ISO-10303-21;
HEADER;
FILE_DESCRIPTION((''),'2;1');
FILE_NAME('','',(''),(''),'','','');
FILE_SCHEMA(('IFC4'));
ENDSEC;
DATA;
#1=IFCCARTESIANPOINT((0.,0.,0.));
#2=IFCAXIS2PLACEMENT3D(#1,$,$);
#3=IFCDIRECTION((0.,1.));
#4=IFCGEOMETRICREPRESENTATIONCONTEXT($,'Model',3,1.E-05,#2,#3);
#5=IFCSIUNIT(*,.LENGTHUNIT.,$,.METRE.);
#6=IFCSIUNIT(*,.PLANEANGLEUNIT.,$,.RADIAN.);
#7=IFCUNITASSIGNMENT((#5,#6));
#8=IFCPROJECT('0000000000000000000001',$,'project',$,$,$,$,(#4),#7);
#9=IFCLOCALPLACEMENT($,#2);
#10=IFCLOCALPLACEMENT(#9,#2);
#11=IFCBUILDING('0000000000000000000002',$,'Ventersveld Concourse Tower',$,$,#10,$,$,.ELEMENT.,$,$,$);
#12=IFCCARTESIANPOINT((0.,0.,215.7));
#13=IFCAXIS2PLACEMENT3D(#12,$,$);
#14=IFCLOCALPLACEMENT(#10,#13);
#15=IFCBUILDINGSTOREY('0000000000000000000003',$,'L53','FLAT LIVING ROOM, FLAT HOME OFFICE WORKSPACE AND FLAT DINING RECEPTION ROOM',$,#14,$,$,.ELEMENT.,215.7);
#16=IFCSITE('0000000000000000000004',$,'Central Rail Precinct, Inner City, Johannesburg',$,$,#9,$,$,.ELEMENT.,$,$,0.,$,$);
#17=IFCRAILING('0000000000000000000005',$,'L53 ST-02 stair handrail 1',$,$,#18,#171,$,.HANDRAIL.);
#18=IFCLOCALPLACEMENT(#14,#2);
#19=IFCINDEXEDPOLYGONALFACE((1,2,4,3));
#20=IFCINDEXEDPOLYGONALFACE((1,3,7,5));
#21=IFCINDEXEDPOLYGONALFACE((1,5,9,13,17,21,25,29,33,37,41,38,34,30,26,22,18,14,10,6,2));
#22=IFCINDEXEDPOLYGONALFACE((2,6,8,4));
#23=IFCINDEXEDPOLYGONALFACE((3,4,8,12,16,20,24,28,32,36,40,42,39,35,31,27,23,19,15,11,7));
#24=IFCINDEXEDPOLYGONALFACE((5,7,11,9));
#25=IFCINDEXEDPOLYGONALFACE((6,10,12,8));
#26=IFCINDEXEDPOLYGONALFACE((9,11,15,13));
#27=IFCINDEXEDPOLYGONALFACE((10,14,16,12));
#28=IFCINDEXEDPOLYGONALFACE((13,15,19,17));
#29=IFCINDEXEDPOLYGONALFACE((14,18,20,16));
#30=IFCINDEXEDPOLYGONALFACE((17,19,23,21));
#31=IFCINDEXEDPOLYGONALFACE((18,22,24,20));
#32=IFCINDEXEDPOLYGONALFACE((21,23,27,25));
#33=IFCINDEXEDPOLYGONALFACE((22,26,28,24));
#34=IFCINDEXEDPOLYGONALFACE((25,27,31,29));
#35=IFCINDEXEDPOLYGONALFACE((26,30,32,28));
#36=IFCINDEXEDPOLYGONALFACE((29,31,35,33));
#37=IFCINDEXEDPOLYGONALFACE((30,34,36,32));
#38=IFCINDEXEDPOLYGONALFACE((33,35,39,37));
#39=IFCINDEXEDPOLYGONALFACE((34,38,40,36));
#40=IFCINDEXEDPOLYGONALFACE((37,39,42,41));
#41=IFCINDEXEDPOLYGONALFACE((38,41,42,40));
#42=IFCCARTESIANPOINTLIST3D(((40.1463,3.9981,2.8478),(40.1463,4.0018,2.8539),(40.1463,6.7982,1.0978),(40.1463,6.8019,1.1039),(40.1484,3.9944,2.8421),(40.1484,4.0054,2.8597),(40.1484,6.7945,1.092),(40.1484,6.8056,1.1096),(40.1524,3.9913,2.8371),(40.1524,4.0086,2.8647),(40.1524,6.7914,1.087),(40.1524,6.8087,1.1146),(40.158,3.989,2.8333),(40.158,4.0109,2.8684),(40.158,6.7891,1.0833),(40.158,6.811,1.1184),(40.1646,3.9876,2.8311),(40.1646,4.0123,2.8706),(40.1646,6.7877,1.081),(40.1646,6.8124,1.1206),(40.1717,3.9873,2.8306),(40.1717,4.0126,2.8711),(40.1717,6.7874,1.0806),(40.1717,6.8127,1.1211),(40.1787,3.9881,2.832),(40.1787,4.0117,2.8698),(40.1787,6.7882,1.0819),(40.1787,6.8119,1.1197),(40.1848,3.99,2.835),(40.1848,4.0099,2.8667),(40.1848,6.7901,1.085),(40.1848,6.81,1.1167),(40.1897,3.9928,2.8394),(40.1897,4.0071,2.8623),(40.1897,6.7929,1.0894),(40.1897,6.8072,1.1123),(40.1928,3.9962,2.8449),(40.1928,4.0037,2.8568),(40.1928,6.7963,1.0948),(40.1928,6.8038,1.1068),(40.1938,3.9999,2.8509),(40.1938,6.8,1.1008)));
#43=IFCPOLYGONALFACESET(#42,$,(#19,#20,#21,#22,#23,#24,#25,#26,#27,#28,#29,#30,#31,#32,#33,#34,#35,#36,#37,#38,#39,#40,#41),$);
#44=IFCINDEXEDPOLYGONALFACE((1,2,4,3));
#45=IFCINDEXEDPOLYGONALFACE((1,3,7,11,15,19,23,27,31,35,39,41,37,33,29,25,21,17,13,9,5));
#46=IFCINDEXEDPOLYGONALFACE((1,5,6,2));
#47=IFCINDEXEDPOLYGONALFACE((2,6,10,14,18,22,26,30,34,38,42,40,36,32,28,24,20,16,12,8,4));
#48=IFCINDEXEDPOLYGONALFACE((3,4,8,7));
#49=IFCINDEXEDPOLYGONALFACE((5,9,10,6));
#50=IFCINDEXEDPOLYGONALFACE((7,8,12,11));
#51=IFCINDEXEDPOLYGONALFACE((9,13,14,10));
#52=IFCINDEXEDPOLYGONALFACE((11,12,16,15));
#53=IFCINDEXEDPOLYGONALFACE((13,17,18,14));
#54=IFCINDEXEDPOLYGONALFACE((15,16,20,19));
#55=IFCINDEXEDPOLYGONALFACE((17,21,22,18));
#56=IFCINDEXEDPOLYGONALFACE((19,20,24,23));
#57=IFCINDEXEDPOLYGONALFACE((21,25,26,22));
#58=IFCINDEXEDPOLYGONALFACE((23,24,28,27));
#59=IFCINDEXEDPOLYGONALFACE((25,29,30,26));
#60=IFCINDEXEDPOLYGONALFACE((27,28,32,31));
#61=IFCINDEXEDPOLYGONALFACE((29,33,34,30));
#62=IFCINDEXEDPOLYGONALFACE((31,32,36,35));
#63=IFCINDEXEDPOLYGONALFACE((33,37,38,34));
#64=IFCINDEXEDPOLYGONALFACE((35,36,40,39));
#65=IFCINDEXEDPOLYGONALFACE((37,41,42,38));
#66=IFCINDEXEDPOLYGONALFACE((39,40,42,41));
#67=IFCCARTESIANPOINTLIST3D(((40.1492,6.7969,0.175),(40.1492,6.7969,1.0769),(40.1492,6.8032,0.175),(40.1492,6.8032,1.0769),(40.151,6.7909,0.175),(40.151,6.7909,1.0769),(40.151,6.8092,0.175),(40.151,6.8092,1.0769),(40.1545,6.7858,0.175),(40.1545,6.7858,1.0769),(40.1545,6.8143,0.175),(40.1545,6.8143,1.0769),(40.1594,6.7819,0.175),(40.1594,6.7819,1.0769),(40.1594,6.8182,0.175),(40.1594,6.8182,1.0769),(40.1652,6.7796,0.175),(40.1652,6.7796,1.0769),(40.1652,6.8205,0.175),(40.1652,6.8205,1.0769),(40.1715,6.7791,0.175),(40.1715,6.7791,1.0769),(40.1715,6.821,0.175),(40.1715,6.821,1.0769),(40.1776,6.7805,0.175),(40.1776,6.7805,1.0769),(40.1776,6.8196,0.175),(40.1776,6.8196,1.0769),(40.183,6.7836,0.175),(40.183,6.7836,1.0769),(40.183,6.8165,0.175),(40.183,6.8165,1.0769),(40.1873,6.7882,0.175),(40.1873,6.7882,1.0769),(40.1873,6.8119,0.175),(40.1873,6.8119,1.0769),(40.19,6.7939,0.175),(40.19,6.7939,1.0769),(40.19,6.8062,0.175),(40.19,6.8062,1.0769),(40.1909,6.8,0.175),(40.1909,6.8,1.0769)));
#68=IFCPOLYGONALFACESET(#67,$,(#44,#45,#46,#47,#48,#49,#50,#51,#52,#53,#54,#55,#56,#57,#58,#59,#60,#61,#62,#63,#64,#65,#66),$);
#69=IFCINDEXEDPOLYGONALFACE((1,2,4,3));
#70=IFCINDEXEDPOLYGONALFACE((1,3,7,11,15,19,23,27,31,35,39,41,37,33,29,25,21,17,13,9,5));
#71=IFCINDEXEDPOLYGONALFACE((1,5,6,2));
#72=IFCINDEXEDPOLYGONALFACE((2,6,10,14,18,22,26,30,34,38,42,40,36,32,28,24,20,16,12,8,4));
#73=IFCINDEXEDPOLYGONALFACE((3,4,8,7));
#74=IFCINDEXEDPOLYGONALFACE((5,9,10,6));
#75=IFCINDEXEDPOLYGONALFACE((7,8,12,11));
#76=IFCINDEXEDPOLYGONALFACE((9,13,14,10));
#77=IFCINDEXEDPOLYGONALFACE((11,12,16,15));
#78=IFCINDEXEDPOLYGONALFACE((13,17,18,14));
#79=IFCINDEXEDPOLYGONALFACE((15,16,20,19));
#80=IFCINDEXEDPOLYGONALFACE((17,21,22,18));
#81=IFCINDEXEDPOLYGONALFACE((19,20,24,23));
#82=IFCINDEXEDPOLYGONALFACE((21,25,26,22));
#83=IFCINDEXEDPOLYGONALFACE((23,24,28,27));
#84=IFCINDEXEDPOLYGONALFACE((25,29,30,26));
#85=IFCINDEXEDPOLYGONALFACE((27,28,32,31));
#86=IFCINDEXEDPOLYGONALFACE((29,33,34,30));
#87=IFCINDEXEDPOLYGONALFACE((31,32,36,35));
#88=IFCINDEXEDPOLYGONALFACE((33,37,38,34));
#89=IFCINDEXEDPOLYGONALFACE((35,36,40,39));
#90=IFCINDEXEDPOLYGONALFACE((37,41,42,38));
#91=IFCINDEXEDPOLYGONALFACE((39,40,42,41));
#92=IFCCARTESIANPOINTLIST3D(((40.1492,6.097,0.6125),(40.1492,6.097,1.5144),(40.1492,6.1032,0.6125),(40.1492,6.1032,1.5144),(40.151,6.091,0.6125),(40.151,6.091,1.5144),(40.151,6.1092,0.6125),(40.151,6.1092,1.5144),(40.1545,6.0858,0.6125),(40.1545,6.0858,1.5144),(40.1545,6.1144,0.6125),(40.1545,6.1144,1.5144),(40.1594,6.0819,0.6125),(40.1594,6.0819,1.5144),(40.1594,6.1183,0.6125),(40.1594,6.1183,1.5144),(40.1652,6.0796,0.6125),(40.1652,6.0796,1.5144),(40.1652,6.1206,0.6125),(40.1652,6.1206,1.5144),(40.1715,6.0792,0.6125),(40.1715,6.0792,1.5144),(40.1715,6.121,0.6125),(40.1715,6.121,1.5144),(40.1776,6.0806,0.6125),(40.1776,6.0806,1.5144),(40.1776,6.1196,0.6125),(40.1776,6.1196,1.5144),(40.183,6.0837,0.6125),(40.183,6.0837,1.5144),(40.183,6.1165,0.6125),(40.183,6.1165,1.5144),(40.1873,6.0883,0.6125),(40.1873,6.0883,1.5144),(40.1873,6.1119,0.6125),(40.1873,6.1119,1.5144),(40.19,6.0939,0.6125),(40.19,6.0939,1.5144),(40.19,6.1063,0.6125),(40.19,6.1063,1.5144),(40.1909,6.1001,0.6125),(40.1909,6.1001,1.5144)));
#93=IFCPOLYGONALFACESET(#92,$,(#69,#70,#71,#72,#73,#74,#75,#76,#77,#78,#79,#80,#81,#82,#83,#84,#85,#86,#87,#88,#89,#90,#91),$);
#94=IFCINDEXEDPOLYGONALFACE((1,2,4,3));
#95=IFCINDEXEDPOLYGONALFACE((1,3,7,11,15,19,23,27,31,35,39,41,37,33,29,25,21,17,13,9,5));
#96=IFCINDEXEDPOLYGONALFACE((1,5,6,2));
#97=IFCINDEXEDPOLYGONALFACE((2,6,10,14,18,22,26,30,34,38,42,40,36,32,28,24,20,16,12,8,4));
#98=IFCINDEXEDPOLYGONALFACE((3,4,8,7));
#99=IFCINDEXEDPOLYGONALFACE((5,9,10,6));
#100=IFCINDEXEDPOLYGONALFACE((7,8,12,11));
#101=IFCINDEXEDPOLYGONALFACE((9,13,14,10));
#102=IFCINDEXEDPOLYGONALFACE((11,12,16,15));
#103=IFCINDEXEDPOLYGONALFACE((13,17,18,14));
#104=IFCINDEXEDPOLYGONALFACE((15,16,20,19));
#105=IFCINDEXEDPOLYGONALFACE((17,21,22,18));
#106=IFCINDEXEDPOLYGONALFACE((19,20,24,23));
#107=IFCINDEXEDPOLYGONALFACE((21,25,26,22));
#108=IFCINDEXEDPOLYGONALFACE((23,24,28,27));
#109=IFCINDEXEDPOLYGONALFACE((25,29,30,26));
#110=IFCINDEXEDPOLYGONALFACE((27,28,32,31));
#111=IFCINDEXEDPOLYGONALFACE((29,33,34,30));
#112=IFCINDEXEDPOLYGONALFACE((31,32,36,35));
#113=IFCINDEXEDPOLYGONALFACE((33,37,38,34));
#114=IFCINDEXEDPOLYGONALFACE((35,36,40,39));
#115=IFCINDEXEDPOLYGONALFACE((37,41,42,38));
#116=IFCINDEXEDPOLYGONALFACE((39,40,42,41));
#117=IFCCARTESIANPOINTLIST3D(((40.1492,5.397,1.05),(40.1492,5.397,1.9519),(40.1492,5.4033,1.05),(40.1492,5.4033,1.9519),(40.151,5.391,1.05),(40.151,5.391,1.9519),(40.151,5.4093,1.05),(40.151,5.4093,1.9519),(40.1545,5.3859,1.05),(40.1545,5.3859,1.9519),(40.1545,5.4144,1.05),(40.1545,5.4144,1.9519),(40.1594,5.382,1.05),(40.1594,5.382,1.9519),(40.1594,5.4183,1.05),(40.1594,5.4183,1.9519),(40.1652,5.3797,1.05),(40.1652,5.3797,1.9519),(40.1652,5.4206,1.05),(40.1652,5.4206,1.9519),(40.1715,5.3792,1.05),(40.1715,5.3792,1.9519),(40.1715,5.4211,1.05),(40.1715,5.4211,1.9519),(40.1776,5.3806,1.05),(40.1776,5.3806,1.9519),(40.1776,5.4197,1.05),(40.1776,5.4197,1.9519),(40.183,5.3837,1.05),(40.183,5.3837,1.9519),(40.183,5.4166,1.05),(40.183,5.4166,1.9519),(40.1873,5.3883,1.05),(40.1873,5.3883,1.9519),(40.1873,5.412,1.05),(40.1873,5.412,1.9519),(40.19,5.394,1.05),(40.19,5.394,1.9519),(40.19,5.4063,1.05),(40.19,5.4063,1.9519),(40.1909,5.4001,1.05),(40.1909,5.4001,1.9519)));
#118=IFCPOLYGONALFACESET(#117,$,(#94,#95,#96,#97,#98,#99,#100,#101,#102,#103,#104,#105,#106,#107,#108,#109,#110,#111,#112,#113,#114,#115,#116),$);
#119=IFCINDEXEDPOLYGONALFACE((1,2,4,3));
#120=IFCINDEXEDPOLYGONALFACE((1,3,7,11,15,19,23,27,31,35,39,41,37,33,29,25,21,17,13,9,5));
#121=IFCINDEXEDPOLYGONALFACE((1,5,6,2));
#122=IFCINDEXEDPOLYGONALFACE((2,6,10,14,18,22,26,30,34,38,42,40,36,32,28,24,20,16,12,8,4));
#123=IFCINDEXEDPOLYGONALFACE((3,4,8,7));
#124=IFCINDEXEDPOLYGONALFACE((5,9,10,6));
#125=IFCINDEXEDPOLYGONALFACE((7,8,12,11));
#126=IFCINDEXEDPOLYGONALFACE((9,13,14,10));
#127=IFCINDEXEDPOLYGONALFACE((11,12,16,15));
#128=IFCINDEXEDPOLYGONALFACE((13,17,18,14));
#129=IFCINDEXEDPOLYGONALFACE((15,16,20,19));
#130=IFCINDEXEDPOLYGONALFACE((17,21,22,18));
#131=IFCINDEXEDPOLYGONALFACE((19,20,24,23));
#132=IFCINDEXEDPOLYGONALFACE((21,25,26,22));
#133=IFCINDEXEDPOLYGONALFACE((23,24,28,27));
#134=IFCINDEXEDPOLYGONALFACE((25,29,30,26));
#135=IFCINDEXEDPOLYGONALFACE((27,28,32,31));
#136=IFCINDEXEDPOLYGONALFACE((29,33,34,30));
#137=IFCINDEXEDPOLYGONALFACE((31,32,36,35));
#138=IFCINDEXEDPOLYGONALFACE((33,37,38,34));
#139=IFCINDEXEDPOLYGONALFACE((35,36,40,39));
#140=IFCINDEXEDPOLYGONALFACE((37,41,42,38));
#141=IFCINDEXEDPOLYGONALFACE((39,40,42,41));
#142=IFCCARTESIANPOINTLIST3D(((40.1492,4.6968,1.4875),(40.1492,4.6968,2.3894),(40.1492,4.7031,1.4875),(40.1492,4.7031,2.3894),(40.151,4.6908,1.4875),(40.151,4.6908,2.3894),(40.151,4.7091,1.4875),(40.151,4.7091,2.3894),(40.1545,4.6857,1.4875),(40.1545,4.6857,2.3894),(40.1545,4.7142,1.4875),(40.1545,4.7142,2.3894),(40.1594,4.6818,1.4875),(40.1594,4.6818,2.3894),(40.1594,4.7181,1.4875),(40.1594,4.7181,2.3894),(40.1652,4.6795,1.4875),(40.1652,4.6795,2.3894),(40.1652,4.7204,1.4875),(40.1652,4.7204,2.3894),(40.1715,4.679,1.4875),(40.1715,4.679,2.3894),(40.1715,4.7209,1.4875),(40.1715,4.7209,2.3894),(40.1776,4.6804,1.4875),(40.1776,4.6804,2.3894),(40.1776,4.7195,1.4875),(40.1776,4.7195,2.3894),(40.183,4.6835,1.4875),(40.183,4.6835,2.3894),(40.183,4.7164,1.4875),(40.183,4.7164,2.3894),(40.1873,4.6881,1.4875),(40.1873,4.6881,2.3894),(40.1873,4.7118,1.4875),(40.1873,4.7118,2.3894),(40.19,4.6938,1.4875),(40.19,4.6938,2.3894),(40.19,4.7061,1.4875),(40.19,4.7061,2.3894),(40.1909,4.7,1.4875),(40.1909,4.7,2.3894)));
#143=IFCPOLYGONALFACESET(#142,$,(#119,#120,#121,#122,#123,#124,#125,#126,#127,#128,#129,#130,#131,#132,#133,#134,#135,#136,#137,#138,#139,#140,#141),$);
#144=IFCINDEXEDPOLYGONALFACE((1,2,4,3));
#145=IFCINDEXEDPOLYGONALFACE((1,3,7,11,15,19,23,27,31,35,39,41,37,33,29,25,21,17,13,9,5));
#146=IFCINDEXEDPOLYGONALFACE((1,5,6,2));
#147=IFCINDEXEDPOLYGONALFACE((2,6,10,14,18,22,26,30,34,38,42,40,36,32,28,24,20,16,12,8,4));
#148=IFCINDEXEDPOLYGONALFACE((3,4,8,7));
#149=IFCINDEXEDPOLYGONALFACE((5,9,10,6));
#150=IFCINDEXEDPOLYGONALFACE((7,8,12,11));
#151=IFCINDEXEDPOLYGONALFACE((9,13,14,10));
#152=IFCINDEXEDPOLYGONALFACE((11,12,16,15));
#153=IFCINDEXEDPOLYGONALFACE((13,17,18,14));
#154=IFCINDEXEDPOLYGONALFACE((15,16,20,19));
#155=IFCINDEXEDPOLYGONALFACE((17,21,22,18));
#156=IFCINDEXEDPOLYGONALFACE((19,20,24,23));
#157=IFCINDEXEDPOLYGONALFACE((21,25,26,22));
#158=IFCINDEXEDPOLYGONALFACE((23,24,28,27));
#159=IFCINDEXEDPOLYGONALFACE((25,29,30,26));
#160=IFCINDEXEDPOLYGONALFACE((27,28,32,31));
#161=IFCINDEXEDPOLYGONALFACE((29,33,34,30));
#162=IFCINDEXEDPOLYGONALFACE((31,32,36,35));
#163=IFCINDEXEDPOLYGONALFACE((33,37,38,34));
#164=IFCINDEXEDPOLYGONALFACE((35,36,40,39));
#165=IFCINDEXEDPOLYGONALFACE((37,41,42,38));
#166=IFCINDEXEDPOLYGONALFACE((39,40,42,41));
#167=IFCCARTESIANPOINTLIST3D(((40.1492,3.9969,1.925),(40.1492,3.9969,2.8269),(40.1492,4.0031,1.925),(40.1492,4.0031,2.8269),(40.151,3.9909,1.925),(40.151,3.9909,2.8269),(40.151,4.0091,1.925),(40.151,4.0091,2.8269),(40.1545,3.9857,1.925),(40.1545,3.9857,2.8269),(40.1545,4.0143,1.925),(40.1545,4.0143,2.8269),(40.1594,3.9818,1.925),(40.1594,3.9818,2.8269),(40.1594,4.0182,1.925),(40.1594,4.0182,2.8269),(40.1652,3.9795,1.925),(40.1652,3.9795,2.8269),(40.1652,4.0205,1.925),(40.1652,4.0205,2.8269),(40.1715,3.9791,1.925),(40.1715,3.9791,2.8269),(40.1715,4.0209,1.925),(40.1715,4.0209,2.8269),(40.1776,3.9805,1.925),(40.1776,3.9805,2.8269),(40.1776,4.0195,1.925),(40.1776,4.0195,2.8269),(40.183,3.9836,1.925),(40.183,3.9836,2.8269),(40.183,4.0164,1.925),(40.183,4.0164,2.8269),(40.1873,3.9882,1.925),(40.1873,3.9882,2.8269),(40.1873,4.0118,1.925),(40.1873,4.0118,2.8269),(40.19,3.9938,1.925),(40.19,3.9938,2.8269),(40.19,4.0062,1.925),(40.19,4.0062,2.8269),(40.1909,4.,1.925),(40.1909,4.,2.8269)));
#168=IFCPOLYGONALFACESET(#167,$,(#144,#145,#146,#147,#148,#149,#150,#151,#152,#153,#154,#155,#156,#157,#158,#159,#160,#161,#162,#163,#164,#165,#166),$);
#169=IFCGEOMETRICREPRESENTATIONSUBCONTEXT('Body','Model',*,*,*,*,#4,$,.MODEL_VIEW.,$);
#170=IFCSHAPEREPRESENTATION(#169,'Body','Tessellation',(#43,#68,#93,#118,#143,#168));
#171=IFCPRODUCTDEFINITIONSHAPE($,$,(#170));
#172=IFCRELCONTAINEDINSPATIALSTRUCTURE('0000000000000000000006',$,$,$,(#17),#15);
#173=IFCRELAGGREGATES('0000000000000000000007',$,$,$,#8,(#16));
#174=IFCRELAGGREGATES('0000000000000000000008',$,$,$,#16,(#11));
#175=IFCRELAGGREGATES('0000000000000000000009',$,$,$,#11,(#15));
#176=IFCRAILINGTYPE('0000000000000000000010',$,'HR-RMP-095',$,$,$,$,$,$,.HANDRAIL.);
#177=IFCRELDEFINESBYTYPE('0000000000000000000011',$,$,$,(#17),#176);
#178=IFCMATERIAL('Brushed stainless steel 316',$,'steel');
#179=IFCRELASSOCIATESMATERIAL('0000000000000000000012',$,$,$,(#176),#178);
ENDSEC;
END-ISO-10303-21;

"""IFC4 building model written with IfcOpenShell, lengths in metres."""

from ifc_helpers import new_model, si_unit, direction, frame, origin, origin_2d, place, context, subcontext, project, spatial, circle, extrude, material, type_object, element, save


model = new_model("IFC4")

# Units and contexts
model_context = context("Model", 3, precision=1e-05, world=origin(), true_north=direction((0.0, 1.0)))
body_context = subcontext(model_context, "Body", "Model", "MODEL_VIEW")
ifc_project = project(units=[si_unit("LENGTHUNIT", "METRE"), si_unit("PLANEANGLEUNIT", "RADIAN")], contexts=[model_context])

# Site, building, storey
site_placement = place(None, origin())
site = spatial("IfcSite", under=ifc_project, at=site_placement, Name="Central Rail Precinct, Inner City, Johannesburg", CompositionType="ELEMENT", RefElevation=0.0)
building_placement = place(site_placement, origin())
building = spatial("IfcBuilding", under=site, at=building_placement, Name="Ventersveld Concourse Tower", CompositionType="ELEMENT")
storey_placement = place(building_placement, frame((0.0, 0.0, 215.7)))
storey = spatial("IfcBuildingStorey", under=building, at=storey_placement, Name="L53", Description="FLAT LIVING ROOM, FLAT HOME OFFICE WORKSPACE AND FLAT DINING RECEPTION ROOM", CompositionType="ELEMENT", Elevation=215.7)

# Shared definitions
ifc_material_1 = material(Name="Brushed stainless steel 316", Category="steel")

# Railing
railing_type_1 = type_object("IfcRailingType", Name="HR-RMP-095", PredefinedType="HANDRAIL", material=ifc_material_1)
railing_1_placement = place(storey_placement, frame((40.1699, 6.8, 0.175)))
element("IfcRailing", 1, at=railing_1_placement, inside=storey, type_object=railing_type_1, Name="L53 ST-02 stair handrail 1", PredefinedType="HANDRAIL", context=body_context, shape_type="SweptSolid", body=[
    extrude(circle(Radius=0.0239, at=origin_2d()), frame((0.0, 0.0, 0.9258), z_axis=(0.0, -0.848002, 0.529992), x_axis=(1.0, 0.0, 0.0)), (0.0, 0.0, 1.0), 3.302),
    extrude(circle(Radius=0.021, at=origin_2d()), origin(), (0.0, 0.0, 1.0), 0.9019),
    extrude(circle(Radius=0.021, at=origin_2d()), frame((0.0, -0.7, 0.4375)), (0.0, 0.0, 1.0), 0.9019),
    extrude(circle(Radius=0.021, at=origin_2d()), frame((0.0, -1.3999, 0.875)), (0.0, 0.0, 1.0), 0.9019),
    extrude(circle(Radius=0.021, at=origin_2d()), frame((0.0, -2.1001, 1.3125)), (0.0, 0.0, 1.0), 0.9019),
    extrude(circle(Radius=0.021, at=origin_2d()), frame((0.0, -2.8, 1.75)), (0.0, 0.0, 1.0), 0.9019),
])

save(model, "model.ifc")
